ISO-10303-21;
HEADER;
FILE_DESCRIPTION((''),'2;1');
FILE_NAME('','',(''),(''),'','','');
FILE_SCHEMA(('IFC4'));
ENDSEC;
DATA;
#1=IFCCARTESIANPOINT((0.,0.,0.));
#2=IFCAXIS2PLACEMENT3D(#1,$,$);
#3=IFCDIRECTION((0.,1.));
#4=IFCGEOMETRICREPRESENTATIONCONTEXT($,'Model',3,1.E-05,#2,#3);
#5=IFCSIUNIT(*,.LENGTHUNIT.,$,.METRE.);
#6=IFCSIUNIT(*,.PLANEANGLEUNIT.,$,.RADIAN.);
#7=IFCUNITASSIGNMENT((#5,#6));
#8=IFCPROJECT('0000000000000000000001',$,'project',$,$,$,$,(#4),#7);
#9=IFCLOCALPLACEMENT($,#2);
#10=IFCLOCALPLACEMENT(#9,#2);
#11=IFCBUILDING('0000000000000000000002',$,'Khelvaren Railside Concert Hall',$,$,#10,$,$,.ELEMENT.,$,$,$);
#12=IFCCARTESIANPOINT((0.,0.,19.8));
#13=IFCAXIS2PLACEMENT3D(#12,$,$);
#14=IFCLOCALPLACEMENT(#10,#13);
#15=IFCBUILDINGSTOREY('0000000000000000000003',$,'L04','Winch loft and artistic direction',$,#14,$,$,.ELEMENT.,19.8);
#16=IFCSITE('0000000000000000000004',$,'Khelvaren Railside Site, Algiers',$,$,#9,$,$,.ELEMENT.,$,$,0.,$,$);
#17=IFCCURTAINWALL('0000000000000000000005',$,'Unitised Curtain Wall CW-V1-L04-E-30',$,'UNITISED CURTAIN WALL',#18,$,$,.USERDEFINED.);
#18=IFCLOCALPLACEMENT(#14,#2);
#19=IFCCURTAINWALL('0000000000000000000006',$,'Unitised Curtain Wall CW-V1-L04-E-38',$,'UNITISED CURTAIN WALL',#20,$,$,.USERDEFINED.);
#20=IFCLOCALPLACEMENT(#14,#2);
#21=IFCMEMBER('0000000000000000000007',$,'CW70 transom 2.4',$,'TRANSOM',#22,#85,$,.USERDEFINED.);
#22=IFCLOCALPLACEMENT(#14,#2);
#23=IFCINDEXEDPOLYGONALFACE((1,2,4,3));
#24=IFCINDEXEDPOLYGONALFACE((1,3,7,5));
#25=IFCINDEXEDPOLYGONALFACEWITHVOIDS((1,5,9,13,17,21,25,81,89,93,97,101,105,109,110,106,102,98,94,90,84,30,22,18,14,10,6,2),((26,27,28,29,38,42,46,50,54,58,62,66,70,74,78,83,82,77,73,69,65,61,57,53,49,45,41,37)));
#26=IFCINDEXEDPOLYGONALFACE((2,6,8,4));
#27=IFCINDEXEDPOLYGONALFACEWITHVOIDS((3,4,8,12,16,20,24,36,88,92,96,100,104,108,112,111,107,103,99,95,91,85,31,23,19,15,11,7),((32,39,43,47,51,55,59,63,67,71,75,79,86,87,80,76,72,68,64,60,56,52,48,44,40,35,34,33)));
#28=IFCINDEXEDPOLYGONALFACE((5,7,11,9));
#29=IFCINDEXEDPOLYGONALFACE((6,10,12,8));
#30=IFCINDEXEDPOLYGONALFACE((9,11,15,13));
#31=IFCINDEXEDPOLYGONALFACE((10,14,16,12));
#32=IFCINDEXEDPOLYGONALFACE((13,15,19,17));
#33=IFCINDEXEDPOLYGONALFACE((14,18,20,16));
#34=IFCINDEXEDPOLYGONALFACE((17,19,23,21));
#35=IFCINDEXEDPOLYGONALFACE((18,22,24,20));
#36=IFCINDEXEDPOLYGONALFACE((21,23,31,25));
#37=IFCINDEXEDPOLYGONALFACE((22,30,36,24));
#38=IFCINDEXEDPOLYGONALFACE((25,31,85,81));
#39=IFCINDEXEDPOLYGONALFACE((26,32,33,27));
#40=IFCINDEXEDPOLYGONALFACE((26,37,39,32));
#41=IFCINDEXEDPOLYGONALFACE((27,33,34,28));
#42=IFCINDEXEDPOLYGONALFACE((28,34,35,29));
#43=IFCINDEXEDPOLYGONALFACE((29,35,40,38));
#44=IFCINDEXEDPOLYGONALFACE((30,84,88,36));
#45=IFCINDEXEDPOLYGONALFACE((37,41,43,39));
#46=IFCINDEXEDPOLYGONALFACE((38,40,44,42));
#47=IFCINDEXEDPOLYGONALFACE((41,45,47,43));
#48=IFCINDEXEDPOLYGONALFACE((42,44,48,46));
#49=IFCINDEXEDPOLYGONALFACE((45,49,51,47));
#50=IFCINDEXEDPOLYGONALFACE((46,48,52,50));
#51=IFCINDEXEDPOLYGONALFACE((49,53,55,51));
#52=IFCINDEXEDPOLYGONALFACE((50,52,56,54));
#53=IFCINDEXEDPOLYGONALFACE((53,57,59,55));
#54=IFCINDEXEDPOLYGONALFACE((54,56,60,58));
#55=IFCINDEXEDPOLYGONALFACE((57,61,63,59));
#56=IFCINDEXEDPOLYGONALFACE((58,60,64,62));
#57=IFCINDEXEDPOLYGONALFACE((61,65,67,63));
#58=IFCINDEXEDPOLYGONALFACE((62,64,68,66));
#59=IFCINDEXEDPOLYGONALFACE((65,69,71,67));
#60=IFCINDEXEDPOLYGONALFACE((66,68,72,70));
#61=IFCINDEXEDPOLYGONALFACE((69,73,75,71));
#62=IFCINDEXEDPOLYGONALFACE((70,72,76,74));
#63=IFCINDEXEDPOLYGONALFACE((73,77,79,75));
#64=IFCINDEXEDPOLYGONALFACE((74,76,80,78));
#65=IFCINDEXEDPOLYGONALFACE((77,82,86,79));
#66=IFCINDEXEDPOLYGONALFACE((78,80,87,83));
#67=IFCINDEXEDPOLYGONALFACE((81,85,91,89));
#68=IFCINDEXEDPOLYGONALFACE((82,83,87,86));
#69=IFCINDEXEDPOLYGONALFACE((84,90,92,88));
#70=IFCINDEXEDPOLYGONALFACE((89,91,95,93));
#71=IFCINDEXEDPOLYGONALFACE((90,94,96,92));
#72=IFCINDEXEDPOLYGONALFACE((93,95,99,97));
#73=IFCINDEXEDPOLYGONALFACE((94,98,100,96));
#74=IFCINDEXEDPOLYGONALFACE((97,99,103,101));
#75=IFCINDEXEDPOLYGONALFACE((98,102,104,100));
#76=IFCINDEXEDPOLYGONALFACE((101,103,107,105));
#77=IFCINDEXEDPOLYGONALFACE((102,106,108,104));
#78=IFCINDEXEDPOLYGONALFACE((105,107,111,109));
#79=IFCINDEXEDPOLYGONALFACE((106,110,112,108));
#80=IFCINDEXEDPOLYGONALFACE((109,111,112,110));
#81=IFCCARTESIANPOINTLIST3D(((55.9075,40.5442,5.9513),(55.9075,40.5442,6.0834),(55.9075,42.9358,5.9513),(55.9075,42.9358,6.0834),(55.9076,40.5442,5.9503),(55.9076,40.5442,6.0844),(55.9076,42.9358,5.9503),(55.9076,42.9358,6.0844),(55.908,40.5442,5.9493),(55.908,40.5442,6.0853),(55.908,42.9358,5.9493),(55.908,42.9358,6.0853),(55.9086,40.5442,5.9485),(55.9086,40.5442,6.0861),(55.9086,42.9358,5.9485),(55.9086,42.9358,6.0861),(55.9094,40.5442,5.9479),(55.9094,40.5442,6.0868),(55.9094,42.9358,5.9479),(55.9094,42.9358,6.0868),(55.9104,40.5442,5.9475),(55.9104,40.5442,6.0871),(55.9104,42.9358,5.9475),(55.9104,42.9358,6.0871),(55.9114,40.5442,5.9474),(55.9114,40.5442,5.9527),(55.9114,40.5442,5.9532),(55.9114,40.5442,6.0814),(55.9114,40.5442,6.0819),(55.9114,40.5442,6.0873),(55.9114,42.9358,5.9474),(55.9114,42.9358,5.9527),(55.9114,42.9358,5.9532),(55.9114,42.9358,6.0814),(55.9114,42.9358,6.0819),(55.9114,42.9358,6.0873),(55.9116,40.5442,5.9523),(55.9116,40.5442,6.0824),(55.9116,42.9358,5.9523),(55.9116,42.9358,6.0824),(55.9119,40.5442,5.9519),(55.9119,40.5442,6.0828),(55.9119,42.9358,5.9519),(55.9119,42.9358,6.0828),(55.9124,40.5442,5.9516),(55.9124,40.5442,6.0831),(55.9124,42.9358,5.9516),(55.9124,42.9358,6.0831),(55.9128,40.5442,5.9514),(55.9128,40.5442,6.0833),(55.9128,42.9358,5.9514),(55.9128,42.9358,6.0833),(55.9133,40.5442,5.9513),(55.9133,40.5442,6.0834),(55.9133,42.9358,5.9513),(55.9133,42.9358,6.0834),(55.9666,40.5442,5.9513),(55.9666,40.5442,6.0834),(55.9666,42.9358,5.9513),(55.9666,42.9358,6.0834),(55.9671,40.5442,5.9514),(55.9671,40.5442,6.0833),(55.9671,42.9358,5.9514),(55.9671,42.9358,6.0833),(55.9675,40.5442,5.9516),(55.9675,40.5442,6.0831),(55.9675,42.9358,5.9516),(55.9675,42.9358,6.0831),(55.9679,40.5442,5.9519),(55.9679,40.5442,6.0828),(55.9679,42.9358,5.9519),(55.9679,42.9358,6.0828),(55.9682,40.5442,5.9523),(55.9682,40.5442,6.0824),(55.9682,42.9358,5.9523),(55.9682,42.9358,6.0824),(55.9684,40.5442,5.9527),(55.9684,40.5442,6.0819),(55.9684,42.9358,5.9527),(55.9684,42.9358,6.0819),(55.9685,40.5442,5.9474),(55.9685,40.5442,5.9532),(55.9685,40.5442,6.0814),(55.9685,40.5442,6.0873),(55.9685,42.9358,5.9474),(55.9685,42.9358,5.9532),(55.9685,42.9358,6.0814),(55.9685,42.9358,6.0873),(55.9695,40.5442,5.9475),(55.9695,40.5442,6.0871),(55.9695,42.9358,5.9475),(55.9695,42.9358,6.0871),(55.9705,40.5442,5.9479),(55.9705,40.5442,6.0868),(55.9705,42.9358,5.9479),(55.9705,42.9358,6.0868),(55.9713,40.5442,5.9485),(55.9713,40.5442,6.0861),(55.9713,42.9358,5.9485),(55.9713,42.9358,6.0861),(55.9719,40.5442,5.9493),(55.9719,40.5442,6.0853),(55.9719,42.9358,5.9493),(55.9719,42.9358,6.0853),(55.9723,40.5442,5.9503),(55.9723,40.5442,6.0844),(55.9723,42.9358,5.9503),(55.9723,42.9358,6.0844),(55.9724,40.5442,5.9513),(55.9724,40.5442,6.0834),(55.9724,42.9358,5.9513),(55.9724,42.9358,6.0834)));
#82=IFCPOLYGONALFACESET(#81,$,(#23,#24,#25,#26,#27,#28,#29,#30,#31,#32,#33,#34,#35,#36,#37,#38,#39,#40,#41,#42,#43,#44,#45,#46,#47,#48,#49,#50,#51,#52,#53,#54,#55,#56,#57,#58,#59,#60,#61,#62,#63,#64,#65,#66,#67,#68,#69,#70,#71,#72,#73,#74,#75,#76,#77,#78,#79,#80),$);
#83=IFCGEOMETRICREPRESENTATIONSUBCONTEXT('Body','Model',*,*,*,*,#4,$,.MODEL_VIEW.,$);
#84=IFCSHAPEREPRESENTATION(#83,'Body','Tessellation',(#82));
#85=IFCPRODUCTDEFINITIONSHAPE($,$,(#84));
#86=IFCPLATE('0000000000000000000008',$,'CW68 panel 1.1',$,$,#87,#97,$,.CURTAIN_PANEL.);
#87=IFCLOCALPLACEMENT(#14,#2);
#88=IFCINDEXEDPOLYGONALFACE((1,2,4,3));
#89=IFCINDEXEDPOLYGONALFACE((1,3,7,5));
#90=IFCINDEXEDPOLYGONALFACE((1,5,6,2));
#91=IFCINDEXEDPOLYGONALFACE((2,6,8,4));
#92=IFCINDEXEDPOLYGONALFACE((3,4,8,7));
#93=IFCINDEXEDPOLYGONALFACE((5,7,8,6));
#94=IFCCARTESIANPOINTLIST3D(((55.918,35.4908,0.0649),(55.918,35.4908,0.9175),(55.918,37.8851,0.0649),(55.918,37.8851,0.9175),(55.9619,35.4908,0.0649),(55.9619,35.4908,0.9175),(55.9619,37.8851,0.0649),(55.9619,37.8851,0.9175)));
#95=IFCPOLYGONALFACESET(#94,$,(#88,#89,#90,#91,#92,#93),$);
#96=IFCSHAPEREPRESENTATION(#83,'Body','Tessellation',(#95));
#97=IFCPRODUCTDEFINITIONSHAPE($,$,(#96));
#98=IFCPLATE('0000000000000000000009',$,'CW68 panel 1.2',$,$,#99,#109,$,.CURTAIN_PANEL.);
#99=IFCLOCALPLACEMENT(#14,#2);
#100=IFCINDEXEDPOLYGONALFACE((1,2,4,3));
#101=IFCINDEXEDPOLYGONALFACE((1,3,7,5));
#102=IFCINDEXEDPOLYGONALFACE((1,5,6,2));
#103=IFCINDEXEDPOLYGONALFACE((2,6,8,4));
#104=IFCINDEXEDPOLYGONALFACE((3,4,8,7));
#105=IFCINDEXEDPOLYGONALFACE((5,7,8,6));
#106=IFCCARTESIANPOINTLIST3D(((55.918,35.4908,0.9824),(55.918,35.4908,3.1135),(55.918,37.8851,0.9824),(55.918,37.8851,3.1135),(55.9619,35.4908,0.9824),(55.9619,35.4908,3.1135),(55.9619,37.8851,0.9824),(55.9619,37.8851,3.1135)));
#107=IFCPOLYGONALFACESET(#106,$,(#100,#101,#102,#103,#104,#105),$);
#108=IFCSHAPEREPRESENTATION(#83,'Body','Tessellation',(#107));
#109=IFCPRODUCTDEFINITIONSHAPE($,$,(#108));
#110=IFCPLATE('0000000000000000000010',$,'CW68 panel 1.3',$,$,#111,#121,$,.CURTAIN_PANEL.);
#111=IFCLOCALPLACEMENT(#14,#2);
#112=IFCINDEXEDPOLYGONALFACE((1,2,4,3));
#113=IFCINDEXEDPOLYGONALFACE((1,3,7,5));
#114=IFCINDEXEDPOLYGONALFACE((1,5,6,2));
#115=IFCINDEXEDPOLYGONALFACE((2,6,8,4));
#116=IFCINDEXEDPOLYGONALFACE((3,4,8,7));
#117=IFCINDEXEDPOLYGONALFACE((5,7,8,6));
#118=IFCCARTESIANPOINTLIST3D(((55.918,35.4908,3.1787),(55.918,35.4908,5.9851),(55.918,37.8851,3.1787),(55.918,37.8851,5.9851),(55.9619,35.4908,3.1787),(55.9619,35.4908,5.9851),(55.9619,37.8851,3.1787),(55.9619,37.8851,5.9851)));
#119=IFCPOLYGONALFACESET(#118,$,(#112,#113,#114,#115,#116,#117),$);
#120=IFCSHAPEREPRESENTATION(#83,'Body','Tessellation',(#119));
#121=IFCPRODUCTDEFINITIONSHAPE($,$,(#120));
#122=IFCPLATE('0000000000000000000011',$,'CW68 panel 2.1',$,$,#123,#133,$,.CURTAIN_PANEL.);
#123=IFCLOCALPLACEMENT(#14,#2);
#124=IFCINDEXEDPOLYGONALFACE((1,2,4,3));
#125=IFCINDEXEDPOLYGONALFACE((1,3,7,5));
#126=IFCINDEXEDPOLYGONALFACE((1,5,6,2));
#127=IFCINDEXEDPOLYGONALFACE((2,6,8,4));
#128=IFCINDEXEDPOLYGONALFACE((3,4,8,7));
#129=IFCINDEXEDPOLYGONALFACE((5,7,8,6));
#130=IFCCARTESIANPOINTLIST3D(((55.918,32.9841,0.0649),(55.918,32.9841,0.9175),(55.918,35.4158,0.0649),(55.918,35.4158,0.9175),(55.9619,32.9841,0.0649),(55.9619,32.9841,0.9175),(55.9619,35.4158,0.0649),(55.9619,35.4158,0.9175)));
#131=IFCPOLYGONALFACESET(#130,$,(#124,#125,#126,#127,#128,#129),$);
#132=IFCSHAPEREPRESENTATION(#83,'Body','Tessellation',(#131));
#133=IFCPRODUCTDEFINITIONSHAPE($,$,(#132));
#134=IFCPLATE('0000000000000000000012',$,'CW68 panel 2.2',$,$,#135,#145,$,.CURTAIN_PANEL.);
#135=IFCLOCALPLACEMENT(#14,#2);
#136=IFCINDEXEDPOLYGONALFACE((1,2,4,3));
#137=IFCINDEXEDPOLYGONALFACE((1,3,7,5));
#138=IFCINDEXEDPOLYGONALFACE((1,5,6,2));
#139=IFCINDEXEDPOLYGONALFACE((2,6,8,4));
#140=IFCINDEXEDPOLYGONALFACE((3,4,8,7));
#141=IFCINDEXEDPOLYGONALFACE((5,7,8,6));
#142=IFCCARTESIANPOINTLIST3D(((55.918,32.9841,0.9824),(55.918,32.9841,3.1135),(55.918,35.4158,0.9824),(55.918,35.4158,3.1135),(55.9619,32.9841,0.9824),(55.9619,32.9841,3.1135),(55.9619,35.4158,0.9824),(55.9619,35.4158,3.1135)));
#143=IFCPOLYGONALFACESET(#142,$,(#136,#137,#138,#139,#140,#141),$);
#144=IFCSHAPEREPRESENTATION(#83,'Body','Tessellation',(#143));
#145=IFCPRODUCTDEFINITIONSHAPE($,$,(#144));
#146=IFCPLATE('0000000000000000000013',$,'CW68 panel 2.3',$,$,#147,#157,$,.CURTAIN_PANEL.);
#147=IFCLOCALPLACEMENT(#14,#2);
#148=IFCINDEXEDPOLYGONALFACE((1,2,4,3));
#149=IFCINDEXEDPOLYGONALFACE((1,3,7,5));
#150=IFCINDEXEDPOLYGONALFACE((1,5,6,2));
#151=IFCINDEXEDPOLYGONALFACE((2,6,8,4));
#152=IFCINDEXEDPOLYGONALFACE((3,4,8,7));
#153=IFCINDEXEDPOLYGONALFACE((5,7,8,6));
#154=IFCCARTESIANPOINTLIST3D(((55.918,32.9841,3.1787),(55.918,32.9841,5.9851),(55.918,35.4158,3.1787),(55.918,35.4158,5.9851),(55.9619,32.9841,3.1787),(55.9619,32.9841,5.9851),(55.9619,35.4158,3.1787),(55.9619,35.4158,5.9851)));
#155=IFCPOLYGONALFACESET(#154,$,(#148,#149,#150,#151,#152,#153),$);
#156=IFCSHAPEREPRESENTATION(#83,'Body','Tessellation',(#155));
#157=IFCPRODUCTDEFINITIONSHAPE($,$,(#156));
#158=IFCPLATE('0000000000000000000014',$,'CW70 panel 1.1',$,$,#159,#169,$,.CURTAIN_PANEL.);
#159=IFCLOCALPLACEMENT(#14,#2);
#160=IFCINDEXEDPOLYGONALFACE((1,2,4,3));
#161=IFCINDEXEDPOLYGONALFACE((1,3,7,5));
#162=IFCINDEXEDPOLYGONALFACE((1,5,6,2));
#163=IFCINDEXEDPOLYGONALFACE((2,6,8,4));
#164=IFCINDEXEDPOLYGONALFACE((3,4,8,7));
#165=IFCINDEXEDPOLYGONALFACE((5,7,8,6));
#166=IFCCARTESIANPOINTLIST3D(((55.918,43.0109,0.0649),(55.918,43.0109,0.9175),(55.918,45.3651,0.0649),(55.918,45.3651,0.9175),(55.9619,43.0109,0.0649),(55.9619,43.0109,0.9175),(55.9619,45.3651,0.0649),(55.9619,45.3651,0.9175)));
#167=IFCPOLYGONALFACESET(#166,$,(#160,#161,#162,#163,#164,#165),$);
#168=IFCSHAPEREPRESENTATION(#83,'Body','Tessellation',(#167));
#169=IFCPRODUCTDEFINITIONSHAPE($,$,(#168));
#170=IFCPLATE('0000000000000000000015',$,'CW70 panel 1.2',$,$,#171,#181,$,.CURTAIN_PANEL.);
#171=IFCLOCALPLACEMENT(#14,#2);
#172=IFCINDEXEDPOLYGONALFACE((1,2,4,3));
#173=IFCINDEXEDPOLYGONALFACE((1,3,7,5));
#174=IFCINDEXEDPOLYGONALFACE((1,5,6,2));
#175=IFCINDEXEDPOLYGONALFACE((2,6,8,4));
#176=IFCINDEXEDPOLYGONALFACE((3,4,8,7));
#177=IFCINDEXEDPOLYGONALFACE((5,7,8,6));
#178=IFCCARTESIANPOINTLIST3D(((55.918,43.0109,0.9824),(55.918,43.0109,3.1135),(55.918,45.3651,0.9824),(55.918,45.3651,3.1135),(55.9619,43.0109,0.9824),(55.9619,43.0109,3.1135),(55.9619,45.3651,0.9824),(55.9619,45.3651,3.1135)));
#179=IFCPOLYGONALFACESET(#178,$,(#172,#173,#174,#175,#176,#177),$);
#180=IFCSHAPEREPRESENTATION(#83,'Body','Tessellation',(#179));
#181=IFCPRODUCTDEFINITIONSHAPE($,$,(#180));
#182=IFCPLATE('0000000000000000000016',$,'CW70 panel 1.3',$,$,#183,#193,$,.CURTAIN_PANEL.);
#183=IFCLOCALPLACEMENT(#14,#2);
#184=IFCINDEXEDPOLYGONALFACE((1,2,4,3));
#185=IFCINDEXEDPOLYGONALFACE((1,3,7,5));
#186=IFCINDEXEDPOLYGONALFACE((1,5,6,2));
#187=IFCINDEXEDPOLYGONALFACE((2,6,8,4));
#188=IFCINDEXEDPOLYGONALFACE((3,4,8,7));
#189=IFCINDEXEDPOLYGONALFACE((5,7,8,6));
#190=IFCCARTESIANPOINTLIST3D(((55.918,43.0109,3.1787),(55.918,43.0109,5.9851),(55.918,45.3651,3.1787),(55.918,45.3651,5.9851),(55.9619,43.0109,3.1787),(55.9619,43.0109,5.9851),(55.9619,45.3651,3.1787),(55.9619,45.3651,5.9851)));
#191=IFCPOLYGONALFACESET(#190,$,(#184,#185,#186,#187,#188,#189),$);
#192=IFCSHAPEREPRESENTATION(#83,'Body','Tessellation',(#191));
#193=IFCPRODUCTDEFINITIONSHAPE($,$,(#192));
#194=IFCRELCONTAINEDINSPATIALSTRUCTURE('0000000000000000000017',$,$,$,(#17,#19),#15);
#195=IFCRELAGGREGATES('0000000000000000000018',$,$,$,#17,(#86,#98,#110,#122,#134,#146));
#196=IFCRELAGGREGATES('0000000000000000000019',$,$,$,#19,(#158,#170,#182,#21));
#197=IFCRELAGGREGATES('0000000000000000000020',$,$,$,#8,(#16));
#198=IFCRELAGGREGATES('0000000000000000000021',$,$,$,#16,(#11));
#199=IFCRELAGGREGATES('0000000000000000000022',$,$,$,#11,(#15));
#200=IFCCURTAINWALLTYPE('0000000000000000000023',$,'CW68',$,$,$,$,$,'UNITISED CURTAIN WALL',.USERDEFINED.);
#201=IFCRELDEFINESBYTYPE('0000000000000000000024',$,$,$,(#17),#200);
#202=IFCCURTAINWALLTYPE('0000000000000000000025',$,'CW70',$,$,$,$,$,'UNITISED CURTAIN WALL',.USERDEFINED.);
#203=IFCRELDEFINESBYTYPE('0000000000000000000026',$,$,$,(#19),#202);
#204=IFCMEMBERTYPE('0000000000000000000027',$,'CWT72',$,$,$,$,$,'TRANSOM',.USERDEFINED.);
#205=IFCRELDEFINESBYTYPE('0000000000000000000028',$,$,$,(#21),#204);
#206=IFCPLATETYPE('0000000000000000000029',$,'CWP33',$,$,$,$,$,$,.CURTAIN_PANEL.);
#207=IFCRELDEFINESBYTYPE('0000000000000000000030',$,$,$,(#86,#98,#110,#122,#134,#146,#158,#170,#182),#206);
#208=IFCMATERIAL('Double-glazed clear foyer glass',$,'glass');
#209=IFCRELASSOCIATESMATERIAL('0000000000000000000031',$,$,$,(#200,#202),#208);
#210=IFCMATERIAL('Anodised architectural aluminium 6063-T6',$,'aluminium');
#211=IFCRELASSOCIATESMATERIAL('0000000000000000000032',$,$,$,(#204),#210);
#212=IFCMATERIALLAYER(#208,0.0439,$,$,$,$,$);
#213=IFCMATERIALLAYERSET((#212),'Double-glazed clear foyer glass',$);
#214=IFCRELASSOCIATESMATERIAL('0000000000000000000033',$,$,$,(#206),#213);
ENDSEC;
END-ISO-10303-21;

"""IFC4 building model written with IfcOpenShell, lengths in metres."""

from ifc_helpers import new_model, si_unit, direction, frame, origin, origin_2d, place, context, subcontext, project, spatial, rectangle, hollow_rectangle, extrude, material, layer, layer_set, material_profile, profile_set, type_object, element, aggregate, save


model = new_model("IFC4")

# Units and contexts
model_context = context("Model", 3, precision=1e-05, world=origin(), true_north=direction((0.0, 1.0)))
body_context = subcontext(model_context, "Body", "Model", "MODEL_VIEW")
ifc_project = project(units=[si_unit("LENGTHUNIT", "METRE"), si_unit("PLANEANGLEUNIT", "RADIAN")], contexts=[model_context])

# Site, building, storey
site_placement = place(None, origin())
site = spatial("IfcSite", under=ifc_project, at=site_placement, Name="Khelvaren Railside Site, Algiers", CompositionType="ELEMENT", RefElevation=0.0)
building_placement = place(site_placement, origin())
building = spatial("IfcBuilding", under=site, at=building_placement, Name="Khelvaren Railside Concert Hall", CompositionType="ELEMENT")
storey_placement = place(building_placement, frame((0.0, 0.0, 19.8)))
storey = spatial("IfcBuildingStorey", under=building, at=storey_placement, Name="L04", Description="Winch loft and artistic direction", CompositionType="ELEMENT", Elevation=19.8)

# Curtain walls
ifc_material_1 = material(Name="Double-glazed clear foyer glass", Category="glass")
curtain_wall_type_1 = type_object("IfcCurtainWallType", Name="CW68", ElementType="UNITISED CURTAIN WALL", PredefinedType="USERDEFINED", material=ifc_material_1)
curtain_wall_1_placement = place(storey_placement, origin())
curtain_wall_1 = element("IfcCurtainWall", 1, at=curtain_wall_1_placement, inside=storey, type_object=curtain_wall_type_1, Name="Unitised Curtain Wall CW-V1-L04-E-30", ObjectType="UNITISED CURTAIN WALL", PredefinedType="USERDEFINED")
ifc_material_2 = material(Name="Anodised architectural aluminium 6063-T6", Category="aluminium")
curtain_wall_type_2 = type_object("IfcCurtainWallType", Name="CW70", ElementType="UNITISED CURTAIN WALL", PredefinedType="USERDEFINED", material=ifc_material_1)
curtain_wall_2_placement = place(storey_placement, origin())
curtain_wall_2 = element("IfcCurtainWall", 2, at=curtain_wall_2_placement, inside=storey, type_object=curtain_wall_type_2, Name="Unitised Curtain Wall CW-V1-L04-E-38", ObjectType="UNITISED CURTAIN WALL", PredefinedType="USERDEFINED")

# Member
ifc_material_profile_1 = material_profile(ifc_material_2, hollow_rectangle(XDim=0.0649, YDim=0.1399, WallThickness=0.0039, InnerFilletRadius=0.002, OuterFilletRadius=0.0039, at=origin_2d()), Name="CWT 65x140x4")
ifc_profile_set_1 = profile_set([ifc_material_profile_1], Name="Anodised architectural aluminium 6063-T6")
member_type_1 = type_object("IfcMemberType", Name="CWT72", ElementType="TRANSOM", PredefinedType="USERDEFINED", material=ifc_profile_set_1)
member_1_placement = place(storey_placement, frame((55.9399, 42.9358, 6.0173), z_axis=(0.0, -1.0, 0.0), x_axis=(1.0, 0.0, 0.0)))
member_1 = element("IfcMember", 3, at=member_1_placement, type_object=member_type_1, Name="CW70 transom 2.4", ObjectType="TRANSOM", PredefinedType="USERDEFINED", context=body_context, shape_type="SweptSolid", body=[
    extrude(hollow_rectangle(XDim=0.0649, YDim=0.1399, WallThickness=0.0039, InnerFilletRadius=0.002, OuterFilletRadius=0.0039, at=origin_2d()), origin(), (0.0, 0.0, 1.0), 2.3916),
])

# Plates
ifc_layer_1 = layer(ifc_material_1, 0.0439)
ifc_layer_set_1 = layer_set([ifc_layer_1], Name="Double-glazed clear foyer glass")
plate_type_1 = type_object("IfcPlateType", Name="CWP33", PredefinedType="CURTAIN_PANEL", material=ifc_layer_set_1)
plate_1_placement = place(storey_placement, frame((55.9399, 36.688, 0.0649), z_axis=(0.0, 0.0, 1.0), x_axis=(0.0, -1.0, 0.0)))
plate_1 = element("IfcPlate", 4, at=plate_1_placement, type_object=plate_type_1, Name="CW68 panel 1.1", PredefinedType="CURTAIN_PANEL", context=body_context, shape_type="SweptSolid", body=[
    extrude(rectangle(XDim=2.3943, YDim=0.0439, at=origin_2d()), origin(), (0.0, 0.0, 1.0), 0.8525),
])
plate_2_placement = place(storey_placement, frame((55.9399, 36.688, 0.9824), z_axis=(0.0, 0.0, 1.0), x_axis=(0.0, -1.0, 0.0)))
plate_2 = element("IfcPlate", 5, at=plate_2_placement, type_object=plate_type_1, Name="CW68 panel 1.2", PredefinedType="CURTAIN_PANEL", context=body_context, shape_type="SweptSolid", body=[
    extrude(rectangle(XDim=2.3943, YDim=0.0439, at=origin_2d()), origin(), (0.0, 0.0, 1.0), 2.1311),
])
plate_3_placement = place(storey_placement, frame((55.9399, 36.688, 3.1787), z_axis=(0.0, 0.0, 1.0), x_axis=(0.0, -1.0, 0.0)))
plate_3 = element("IfcPlate", 6, at=plate_3_placement, type_object=plate_type_1, Name="CW68 panel 1.3", PredefinedType="CURTAIN_PANEL", context=body_context, shape_type="SweptSolid", body=[
    extrude(rectangle(XDim=2.3943, YDim=0.0439, at=origin_2d()), origin(), (0.0, 0.0, 1.0), 2.8064),
])
plate_4_placement = place(storey_placement, frame((55.9399, 34.2, 0.0649), z_axis=(0.0, 0.0, 1.0), x_axis=(0.0, -1.0, 0.0)))
plate_4 = element("IfcPlate", 7, at=plate_4_placement, type_object=plate_type_1, Name="CW68 panel 2.1", PredefinedType="CURTAIN_PANEL", context=body_context, shape_type="SweptSolid", body=[
    extrude(rectangle(XDim=2.4316, YDim=0.0439, at=origin_2d()), origin(), (0.0, 0.0, 1.0), 0.8525),
])
plate_5_placement = place(storey_placement, frame((55.9399, 34.2, 0.9824), z_axis=(0.0, 0.0, 1.0), x_axis=(0.0, -1.0, 0.0)))
plate_5 = element("IfcPlate", 8, at=plate_5_placement, type_object=plate_type_1, Name="CW68 panel 2.2", PredefinedType="CURTAIN_PANEL", context=body_context, shape_type="SweptSolid", body=[
    extrude(rectangle(XDim=2.4316, YDim=0.0439, at=origin_2d()), origin(), (0.0, 0.0, 1.0), 2.1311),
])
plate_6_placement = place(storey_placement, frame((55.9399, 34.2, 3.1787), z_axis=(0.0, 0.0, 1.0), x_axis=(0.0, -1.0, 0.0)))
plate_6 = element("IfcPlate", 9, at=plate_6_placement, type_object=plate_type_1, Name="CW68 panel 2.3", PredefinedType="CURTAIN_PANEL", context=body_context, shape_type="SweptSolid", body=[
    extrude(rectangle(XDim=2.4316, YDim=0.0439, at=origin_2d()), origin(), (0.0, 0.0, 1.0), 2.8064),
])
aggregate(curtain_wall_1, [plate_1, plate_2, plate_3, plate_4, plate_5, plate_6])
plate_7_placement = place(storey_placement, frame((55.9399, 44.188, 0.0649), z_axis=(0.0, 0.0, 1.0), x_axis=(0.0, -1.0, 0.0)))
plate_7 = element("IfcPlate", 10, at=plate_7_placement, type_object=plate_type_1, Name="CW70 panel 1.1", PredefinedType="CURTAIN_PANEL", context=body_context, shape_type="SweptSolid", body=[
    extrude(rectangle(XDim=2.3542, YDim=0.0439, at=origin_2d()), origin(), (0.0, 0.0, 1.0), 0.8525),
])
plate_8_placement = place(storey_placement, frame((55.9399, 44.188, 0.9824), z_axis=(0.0, 0.0, 1.0), x_axis=(0.0, -1.0, 0.0)))
plate_8 = element("IfcPlate", 11, at=plate_8_placement, type_object=plate_type_1, Name="CW70 panel 1.2", PredefinedType="CURTAIN_PANEL", context=body_context, shape_type="SweptSolid", body=[
    extrude(rectangle(XDim=2.3542, YDim=0.0439, at=origin_2d()), origin(), (0.0, 0.0, 1.0), 2.1311),
])
plate_9_placement = place(storey_placement, frame((55.9399, 44.188, 3.1787), z_axis=(0.0, 0.0, 1.0), x_axis=(0.0, -1.0, 0.0)))
plate_9 = element("IfcPlate", 12, at=plate_9_placement, type_object=plate_type_1, Name="CW70 panel 1.3", PredefinedType="CURTAIN_PANEL", context=body_context, shape_type="SweptSolid", body=[
    extrude(rectangle(XDim=2.3542, YDim=0.0439, at=origin_2d()), origin(), (0.0, 0.0, 1.0), 2.8064),
])
aggregate(curtain_wall_2, [plate_7, plate_8, plate_9, member_1])

save(model, "model.ifc")
